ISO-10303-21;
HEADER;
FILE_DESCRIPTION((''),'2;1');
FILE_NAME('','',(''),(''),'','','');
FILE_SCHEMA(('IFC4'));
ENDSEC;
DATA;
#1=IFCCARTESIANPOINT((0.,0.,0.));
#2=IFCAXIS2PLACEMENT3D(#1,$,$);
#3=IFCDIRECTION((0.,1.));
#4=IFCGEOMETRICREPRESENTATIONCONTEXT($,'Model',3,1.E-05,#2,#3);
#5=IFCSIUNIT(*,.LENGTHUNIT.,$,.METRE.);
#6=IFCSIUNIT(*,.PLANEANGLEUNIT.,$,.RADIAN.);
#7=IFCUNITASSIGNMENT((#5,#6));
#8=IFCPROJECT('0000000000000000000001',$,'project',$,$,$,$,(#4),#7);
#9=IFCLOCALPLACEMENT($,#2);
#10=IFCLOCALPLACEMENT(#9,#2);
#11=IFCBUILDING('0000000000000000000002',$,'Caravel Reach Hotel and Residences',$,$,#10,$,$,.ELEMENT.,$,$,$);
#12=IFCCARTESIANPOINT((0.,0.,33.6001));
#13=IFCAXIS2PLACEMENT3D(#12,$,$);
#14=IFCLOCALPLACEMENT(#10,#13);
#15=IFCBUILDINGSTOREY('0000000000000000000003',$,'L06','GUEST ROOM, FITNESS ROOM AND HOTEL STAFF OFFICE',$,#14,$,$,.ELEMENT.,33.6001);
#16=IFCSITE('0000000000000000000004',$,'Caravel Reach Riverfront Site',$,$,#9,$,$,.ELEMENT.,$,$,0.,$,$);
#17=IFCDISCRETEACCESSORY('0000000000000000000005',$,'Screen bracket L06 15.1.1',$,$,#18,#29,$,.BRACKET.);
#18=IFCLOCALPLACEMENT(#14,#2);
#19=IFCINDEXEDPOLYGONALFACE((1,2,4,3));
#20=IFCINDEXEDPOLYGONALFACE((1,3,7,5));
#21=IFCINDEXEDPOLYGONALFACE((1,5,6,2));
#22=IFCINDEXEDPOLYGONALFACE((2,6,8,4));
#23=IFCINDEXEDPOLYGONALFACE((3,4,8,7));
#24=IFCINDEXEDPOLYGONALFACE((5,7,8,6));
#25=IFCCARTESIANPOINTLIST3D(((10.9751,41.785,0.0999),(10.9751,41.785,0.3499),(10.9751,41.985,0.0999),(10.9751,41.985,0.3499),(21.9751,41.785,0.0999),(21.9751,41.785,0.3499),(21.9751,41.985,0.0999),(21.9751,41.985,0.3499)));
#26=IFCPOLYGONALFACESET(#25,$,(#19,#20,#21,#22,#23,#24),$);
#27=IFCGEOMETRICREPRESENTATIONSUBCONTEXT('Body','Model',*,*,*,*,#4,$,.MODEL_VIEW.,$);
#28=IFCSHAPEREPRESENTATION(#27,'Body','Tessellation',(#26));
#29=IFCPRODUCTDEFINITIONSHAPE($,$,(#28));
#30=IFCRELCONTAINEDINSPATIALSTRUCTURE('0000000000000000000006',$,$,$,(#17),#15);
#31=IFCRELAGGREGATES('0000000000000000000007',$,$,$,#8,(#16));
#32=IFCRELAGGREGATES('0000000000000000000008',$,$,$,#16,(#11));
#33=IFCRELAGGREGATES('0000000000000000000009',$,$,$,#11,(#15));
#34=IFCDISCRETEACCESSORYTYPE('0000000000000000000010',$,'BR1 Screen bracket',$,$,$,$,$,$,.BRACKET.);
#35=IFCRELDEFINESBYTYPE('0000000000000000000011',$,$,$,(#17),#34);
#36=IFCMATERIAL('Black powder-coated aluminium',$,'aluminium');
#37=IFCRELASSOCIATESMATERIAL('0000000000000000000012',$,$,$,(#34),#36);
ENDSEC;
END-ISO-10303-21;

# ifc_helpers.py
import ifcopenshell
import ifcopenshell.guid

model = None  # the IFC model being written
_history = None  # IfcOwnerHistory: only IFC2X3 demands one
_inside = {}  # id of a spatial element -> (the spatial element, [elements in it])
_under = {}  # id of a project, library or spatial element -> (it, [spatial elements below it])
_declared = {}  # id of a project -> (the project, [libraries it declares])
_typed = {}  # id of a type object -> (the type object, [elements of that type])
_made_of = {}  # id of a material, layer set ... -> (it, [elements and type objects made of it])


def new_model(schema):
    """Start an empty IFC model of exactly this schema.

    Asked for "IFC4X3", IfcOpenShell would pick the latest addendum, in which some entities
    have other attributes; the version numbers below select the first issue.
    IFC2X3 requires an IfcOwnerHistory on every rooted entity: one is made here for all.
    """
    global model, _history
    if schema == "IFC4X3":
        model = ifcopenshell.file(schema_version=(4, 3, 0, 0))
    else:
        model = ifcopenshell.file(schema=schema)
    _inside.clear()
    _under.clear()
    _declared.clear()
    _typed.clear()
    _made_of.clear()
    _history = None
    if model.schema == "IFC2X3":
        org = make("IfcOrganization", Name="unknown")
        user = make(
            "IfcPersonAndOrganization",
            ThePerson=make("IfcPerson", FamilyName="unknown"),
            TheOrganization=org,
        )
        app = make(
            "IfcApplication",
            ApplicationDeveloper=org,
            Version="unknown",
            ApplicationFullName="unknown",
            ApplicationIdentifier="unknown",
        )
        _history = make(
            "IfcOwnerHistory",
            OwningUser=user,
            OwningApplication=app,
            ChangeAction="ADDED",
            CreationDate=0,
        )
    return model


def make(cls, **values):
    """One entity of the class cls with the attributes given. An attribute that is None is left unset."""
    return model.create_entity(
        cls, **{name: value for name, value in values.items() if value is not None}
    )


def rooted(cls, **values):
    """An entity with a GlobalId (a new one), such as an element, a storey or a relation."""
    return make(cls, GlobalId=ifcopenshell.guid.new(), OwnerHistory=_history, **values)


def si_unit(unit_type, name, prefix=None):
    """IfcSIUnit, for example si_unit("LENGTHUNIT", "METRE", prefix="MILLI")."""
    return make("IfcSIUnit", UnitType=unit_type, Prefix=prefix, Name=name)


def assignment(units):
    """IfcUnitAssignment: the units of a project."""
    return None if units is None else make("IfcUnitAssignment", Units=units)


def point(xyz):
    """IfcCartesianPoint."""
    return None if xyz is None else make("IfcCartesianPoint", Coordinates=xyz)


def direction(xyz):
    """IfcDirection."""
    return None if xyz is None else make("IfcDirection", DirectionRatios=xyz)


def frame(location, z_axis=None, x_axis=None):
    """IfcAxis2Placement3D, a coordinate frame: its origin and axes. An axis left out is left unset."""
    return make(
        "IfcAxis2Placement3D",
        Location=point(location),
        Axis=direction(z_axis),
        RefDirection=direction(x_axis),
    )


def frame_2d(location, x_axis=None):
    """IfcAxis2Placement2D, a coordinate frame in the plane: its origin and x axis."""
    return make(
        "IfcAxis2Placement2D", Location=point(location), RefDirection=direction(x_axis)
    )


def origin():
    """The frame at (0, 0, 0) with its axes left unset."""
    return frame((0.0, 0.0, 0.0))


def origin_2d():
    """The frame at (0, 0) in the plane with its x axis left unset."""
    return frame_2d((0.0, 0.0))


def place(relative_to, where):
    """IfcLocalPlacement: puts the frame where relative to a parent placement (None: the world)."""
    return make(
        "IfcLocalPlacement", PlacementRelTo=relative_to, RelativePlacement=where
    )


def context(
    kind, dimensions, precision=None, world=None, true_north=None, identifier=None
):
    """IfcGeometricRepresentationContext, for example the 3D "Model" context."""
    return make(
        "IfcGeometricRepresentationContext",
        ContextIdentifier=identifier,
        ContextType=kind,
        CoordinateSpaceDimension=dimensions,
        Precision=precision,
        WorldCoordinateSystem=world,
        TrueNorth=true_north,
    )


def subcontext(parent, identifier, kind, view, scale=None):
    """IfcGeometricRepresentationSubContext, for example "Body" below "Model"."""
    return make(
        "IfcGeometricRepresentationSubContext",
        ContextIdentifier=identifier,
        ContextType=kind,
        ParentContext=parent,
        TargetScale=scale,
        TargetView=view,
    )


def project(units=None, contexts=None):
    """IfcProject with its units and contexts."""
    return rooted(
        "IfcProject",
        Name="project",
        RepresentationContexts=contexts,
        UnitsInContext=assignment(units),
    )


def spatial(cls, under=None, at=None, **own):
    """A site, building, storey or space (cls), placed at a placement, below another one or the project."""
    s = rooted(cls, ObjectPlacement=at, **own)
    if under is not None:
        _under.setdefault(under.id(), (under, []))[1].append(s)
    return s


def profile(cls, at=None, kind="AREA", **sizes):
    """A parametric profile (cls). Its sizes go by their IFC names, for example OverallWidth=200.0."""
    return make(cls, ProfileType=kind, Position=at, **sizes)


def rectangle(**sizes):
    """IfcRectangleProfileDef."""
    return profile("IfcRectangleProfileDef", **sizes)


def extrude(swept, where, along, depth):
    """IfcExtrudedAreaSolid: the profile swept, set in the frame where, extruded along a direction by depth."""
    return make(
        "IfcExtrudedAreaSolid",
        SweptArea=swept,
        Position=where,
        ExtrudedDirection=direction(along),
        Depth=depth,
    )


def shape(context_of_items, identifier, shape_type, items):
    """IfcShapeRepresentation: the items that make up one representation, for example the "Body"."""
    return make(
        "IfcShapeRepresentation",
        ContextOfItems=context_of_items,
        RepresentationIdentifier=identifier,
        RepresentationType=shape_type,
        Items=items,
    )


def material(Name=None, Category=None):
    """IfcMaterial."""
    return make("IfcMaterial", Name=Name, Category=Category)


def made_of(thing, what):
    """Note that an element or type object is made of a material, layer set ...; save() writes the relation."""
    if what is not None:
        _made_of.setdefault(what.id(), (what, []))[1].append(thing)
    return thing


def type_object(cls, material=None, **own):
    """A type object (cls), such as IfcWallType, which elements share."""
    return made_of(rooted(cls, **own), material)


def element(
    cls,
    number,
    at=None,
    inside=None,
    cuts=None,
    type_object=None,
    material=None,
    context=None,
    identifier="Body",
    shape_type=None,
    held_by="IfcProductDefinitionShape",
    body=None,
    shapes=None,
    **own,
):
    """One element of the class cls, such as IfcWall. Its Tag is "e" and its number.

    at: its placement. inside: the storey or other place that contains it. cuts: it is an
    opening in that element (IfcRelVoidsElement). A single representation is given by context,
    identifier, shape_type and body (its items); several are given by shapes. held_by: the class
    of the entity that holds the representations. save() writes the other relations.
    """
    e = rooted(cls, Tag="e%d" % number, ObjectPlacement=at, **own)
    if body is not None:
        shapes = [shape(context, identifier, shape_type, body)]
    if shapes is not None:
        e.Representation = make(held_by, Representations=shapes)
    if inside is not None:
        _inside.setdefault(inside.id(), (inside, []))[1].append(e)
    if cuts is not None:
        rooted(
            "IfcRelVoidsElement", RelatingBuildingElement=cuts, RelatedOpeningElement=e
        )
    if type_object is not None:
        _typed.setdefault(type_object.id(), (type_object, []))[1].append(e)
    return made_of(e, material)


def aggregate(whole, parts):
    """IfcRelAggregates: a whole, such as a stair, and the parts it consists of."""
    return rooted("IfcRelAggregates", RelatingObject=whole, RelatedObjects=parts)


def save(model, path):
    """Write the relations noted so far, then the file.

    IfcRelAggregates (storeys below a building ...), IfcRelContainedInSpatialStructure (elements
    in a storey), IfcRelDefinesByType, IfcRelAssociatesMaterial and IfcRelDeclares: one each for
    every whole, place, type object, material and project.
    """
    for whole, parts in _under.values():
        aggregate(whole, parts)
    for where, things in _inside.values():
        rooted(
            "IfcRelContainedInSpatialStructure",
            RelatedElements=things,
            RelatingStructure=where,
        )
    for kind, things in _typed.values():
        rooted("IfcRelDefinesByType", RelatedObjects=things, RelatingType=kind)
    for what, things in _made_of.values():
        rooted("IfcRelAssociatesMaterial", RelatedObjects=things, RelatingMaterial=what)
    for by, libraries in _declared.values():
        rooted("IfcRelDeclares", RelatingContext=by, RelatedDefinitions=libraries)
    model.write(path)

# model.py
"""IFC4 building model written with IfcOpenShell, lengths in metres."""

from ifc_helpers import new_model, si_unit, direction, frame, origin, origin_2d, place, context, subcontext, project, spatial, rectangle, extrude, material, type_object, element, save


model = new_model("IFC4")

# Units and contexts
model_context = context("Model", 3, precision=1e-05, world=origin(), true_north=direction((0.0, 1.0)))
body_context = subcontext(model_context, "Body", "Model", "MODEL_VIEW")
ifc_project = project(units=[si_unit("LENGTHUNIT", "METRE"), si_unit("PLANEANGLEUNIT", "RADIAN")], contexts=[model_context])

# Site, building, storey
site_placement = place(None, origin())
site = spatial("IfcSite", under=ifc_project, at=site_placement, Name="Caravel Reach Riverfront Site", CompositionType="ELEMENT", RefElevation=0.0)
building_placement = place(site_placement, origin())
building = spatial("IfcBuilding", under=site, at=building_placement, Name="Caravel Reach Hotel and Residences", CompositionType="ELEMENT")
storey_placement = place(building_placement, frame((0.0, 0.0, 33.6001)))
storey = spatial("IfcBuildingStorey", under=building, at=storey_placement, Name="L06", Description="GUEST ROOM, FITNESS ROOM AND HOTEL STAFF OFFICE", CompositionType="ELEMENT", Elevation=33.6001)

# Discrete accessory
ifc_material_1 = material(Name="Black powder-coated aluminium", Category="aluminium")
discrete_accessory_type = type_object("IfcDiscreteAccessoryType", Name="BR1 Screen bracket", PredefinedType="BRACKET", material=ifc_material_1)
discrete_accessory_1_placement = place(storey_placement, frame((16.4751, 41.885, 0.0999), z_axis=(0.0, 0.0, 1.0), x_axis=(-1.0, 0.0, 0.0)))
element("IfcDiscreteAccessory", 1, at=discrete_accessory_1_placement, inside=storey, type_object=discrete_accessory_type, Name="Screen bracket L06 15.1.1", PredefinedType="BRACKET", context=body_context, shape_type="SweptSolid", body=[
    extrude(rectangle(XDim=11.0, YDim=0.2, at=origin_2d()), origin(), (0.0, 0.0, 1.0), 0.25),
])

save(model, "model.ifc")
